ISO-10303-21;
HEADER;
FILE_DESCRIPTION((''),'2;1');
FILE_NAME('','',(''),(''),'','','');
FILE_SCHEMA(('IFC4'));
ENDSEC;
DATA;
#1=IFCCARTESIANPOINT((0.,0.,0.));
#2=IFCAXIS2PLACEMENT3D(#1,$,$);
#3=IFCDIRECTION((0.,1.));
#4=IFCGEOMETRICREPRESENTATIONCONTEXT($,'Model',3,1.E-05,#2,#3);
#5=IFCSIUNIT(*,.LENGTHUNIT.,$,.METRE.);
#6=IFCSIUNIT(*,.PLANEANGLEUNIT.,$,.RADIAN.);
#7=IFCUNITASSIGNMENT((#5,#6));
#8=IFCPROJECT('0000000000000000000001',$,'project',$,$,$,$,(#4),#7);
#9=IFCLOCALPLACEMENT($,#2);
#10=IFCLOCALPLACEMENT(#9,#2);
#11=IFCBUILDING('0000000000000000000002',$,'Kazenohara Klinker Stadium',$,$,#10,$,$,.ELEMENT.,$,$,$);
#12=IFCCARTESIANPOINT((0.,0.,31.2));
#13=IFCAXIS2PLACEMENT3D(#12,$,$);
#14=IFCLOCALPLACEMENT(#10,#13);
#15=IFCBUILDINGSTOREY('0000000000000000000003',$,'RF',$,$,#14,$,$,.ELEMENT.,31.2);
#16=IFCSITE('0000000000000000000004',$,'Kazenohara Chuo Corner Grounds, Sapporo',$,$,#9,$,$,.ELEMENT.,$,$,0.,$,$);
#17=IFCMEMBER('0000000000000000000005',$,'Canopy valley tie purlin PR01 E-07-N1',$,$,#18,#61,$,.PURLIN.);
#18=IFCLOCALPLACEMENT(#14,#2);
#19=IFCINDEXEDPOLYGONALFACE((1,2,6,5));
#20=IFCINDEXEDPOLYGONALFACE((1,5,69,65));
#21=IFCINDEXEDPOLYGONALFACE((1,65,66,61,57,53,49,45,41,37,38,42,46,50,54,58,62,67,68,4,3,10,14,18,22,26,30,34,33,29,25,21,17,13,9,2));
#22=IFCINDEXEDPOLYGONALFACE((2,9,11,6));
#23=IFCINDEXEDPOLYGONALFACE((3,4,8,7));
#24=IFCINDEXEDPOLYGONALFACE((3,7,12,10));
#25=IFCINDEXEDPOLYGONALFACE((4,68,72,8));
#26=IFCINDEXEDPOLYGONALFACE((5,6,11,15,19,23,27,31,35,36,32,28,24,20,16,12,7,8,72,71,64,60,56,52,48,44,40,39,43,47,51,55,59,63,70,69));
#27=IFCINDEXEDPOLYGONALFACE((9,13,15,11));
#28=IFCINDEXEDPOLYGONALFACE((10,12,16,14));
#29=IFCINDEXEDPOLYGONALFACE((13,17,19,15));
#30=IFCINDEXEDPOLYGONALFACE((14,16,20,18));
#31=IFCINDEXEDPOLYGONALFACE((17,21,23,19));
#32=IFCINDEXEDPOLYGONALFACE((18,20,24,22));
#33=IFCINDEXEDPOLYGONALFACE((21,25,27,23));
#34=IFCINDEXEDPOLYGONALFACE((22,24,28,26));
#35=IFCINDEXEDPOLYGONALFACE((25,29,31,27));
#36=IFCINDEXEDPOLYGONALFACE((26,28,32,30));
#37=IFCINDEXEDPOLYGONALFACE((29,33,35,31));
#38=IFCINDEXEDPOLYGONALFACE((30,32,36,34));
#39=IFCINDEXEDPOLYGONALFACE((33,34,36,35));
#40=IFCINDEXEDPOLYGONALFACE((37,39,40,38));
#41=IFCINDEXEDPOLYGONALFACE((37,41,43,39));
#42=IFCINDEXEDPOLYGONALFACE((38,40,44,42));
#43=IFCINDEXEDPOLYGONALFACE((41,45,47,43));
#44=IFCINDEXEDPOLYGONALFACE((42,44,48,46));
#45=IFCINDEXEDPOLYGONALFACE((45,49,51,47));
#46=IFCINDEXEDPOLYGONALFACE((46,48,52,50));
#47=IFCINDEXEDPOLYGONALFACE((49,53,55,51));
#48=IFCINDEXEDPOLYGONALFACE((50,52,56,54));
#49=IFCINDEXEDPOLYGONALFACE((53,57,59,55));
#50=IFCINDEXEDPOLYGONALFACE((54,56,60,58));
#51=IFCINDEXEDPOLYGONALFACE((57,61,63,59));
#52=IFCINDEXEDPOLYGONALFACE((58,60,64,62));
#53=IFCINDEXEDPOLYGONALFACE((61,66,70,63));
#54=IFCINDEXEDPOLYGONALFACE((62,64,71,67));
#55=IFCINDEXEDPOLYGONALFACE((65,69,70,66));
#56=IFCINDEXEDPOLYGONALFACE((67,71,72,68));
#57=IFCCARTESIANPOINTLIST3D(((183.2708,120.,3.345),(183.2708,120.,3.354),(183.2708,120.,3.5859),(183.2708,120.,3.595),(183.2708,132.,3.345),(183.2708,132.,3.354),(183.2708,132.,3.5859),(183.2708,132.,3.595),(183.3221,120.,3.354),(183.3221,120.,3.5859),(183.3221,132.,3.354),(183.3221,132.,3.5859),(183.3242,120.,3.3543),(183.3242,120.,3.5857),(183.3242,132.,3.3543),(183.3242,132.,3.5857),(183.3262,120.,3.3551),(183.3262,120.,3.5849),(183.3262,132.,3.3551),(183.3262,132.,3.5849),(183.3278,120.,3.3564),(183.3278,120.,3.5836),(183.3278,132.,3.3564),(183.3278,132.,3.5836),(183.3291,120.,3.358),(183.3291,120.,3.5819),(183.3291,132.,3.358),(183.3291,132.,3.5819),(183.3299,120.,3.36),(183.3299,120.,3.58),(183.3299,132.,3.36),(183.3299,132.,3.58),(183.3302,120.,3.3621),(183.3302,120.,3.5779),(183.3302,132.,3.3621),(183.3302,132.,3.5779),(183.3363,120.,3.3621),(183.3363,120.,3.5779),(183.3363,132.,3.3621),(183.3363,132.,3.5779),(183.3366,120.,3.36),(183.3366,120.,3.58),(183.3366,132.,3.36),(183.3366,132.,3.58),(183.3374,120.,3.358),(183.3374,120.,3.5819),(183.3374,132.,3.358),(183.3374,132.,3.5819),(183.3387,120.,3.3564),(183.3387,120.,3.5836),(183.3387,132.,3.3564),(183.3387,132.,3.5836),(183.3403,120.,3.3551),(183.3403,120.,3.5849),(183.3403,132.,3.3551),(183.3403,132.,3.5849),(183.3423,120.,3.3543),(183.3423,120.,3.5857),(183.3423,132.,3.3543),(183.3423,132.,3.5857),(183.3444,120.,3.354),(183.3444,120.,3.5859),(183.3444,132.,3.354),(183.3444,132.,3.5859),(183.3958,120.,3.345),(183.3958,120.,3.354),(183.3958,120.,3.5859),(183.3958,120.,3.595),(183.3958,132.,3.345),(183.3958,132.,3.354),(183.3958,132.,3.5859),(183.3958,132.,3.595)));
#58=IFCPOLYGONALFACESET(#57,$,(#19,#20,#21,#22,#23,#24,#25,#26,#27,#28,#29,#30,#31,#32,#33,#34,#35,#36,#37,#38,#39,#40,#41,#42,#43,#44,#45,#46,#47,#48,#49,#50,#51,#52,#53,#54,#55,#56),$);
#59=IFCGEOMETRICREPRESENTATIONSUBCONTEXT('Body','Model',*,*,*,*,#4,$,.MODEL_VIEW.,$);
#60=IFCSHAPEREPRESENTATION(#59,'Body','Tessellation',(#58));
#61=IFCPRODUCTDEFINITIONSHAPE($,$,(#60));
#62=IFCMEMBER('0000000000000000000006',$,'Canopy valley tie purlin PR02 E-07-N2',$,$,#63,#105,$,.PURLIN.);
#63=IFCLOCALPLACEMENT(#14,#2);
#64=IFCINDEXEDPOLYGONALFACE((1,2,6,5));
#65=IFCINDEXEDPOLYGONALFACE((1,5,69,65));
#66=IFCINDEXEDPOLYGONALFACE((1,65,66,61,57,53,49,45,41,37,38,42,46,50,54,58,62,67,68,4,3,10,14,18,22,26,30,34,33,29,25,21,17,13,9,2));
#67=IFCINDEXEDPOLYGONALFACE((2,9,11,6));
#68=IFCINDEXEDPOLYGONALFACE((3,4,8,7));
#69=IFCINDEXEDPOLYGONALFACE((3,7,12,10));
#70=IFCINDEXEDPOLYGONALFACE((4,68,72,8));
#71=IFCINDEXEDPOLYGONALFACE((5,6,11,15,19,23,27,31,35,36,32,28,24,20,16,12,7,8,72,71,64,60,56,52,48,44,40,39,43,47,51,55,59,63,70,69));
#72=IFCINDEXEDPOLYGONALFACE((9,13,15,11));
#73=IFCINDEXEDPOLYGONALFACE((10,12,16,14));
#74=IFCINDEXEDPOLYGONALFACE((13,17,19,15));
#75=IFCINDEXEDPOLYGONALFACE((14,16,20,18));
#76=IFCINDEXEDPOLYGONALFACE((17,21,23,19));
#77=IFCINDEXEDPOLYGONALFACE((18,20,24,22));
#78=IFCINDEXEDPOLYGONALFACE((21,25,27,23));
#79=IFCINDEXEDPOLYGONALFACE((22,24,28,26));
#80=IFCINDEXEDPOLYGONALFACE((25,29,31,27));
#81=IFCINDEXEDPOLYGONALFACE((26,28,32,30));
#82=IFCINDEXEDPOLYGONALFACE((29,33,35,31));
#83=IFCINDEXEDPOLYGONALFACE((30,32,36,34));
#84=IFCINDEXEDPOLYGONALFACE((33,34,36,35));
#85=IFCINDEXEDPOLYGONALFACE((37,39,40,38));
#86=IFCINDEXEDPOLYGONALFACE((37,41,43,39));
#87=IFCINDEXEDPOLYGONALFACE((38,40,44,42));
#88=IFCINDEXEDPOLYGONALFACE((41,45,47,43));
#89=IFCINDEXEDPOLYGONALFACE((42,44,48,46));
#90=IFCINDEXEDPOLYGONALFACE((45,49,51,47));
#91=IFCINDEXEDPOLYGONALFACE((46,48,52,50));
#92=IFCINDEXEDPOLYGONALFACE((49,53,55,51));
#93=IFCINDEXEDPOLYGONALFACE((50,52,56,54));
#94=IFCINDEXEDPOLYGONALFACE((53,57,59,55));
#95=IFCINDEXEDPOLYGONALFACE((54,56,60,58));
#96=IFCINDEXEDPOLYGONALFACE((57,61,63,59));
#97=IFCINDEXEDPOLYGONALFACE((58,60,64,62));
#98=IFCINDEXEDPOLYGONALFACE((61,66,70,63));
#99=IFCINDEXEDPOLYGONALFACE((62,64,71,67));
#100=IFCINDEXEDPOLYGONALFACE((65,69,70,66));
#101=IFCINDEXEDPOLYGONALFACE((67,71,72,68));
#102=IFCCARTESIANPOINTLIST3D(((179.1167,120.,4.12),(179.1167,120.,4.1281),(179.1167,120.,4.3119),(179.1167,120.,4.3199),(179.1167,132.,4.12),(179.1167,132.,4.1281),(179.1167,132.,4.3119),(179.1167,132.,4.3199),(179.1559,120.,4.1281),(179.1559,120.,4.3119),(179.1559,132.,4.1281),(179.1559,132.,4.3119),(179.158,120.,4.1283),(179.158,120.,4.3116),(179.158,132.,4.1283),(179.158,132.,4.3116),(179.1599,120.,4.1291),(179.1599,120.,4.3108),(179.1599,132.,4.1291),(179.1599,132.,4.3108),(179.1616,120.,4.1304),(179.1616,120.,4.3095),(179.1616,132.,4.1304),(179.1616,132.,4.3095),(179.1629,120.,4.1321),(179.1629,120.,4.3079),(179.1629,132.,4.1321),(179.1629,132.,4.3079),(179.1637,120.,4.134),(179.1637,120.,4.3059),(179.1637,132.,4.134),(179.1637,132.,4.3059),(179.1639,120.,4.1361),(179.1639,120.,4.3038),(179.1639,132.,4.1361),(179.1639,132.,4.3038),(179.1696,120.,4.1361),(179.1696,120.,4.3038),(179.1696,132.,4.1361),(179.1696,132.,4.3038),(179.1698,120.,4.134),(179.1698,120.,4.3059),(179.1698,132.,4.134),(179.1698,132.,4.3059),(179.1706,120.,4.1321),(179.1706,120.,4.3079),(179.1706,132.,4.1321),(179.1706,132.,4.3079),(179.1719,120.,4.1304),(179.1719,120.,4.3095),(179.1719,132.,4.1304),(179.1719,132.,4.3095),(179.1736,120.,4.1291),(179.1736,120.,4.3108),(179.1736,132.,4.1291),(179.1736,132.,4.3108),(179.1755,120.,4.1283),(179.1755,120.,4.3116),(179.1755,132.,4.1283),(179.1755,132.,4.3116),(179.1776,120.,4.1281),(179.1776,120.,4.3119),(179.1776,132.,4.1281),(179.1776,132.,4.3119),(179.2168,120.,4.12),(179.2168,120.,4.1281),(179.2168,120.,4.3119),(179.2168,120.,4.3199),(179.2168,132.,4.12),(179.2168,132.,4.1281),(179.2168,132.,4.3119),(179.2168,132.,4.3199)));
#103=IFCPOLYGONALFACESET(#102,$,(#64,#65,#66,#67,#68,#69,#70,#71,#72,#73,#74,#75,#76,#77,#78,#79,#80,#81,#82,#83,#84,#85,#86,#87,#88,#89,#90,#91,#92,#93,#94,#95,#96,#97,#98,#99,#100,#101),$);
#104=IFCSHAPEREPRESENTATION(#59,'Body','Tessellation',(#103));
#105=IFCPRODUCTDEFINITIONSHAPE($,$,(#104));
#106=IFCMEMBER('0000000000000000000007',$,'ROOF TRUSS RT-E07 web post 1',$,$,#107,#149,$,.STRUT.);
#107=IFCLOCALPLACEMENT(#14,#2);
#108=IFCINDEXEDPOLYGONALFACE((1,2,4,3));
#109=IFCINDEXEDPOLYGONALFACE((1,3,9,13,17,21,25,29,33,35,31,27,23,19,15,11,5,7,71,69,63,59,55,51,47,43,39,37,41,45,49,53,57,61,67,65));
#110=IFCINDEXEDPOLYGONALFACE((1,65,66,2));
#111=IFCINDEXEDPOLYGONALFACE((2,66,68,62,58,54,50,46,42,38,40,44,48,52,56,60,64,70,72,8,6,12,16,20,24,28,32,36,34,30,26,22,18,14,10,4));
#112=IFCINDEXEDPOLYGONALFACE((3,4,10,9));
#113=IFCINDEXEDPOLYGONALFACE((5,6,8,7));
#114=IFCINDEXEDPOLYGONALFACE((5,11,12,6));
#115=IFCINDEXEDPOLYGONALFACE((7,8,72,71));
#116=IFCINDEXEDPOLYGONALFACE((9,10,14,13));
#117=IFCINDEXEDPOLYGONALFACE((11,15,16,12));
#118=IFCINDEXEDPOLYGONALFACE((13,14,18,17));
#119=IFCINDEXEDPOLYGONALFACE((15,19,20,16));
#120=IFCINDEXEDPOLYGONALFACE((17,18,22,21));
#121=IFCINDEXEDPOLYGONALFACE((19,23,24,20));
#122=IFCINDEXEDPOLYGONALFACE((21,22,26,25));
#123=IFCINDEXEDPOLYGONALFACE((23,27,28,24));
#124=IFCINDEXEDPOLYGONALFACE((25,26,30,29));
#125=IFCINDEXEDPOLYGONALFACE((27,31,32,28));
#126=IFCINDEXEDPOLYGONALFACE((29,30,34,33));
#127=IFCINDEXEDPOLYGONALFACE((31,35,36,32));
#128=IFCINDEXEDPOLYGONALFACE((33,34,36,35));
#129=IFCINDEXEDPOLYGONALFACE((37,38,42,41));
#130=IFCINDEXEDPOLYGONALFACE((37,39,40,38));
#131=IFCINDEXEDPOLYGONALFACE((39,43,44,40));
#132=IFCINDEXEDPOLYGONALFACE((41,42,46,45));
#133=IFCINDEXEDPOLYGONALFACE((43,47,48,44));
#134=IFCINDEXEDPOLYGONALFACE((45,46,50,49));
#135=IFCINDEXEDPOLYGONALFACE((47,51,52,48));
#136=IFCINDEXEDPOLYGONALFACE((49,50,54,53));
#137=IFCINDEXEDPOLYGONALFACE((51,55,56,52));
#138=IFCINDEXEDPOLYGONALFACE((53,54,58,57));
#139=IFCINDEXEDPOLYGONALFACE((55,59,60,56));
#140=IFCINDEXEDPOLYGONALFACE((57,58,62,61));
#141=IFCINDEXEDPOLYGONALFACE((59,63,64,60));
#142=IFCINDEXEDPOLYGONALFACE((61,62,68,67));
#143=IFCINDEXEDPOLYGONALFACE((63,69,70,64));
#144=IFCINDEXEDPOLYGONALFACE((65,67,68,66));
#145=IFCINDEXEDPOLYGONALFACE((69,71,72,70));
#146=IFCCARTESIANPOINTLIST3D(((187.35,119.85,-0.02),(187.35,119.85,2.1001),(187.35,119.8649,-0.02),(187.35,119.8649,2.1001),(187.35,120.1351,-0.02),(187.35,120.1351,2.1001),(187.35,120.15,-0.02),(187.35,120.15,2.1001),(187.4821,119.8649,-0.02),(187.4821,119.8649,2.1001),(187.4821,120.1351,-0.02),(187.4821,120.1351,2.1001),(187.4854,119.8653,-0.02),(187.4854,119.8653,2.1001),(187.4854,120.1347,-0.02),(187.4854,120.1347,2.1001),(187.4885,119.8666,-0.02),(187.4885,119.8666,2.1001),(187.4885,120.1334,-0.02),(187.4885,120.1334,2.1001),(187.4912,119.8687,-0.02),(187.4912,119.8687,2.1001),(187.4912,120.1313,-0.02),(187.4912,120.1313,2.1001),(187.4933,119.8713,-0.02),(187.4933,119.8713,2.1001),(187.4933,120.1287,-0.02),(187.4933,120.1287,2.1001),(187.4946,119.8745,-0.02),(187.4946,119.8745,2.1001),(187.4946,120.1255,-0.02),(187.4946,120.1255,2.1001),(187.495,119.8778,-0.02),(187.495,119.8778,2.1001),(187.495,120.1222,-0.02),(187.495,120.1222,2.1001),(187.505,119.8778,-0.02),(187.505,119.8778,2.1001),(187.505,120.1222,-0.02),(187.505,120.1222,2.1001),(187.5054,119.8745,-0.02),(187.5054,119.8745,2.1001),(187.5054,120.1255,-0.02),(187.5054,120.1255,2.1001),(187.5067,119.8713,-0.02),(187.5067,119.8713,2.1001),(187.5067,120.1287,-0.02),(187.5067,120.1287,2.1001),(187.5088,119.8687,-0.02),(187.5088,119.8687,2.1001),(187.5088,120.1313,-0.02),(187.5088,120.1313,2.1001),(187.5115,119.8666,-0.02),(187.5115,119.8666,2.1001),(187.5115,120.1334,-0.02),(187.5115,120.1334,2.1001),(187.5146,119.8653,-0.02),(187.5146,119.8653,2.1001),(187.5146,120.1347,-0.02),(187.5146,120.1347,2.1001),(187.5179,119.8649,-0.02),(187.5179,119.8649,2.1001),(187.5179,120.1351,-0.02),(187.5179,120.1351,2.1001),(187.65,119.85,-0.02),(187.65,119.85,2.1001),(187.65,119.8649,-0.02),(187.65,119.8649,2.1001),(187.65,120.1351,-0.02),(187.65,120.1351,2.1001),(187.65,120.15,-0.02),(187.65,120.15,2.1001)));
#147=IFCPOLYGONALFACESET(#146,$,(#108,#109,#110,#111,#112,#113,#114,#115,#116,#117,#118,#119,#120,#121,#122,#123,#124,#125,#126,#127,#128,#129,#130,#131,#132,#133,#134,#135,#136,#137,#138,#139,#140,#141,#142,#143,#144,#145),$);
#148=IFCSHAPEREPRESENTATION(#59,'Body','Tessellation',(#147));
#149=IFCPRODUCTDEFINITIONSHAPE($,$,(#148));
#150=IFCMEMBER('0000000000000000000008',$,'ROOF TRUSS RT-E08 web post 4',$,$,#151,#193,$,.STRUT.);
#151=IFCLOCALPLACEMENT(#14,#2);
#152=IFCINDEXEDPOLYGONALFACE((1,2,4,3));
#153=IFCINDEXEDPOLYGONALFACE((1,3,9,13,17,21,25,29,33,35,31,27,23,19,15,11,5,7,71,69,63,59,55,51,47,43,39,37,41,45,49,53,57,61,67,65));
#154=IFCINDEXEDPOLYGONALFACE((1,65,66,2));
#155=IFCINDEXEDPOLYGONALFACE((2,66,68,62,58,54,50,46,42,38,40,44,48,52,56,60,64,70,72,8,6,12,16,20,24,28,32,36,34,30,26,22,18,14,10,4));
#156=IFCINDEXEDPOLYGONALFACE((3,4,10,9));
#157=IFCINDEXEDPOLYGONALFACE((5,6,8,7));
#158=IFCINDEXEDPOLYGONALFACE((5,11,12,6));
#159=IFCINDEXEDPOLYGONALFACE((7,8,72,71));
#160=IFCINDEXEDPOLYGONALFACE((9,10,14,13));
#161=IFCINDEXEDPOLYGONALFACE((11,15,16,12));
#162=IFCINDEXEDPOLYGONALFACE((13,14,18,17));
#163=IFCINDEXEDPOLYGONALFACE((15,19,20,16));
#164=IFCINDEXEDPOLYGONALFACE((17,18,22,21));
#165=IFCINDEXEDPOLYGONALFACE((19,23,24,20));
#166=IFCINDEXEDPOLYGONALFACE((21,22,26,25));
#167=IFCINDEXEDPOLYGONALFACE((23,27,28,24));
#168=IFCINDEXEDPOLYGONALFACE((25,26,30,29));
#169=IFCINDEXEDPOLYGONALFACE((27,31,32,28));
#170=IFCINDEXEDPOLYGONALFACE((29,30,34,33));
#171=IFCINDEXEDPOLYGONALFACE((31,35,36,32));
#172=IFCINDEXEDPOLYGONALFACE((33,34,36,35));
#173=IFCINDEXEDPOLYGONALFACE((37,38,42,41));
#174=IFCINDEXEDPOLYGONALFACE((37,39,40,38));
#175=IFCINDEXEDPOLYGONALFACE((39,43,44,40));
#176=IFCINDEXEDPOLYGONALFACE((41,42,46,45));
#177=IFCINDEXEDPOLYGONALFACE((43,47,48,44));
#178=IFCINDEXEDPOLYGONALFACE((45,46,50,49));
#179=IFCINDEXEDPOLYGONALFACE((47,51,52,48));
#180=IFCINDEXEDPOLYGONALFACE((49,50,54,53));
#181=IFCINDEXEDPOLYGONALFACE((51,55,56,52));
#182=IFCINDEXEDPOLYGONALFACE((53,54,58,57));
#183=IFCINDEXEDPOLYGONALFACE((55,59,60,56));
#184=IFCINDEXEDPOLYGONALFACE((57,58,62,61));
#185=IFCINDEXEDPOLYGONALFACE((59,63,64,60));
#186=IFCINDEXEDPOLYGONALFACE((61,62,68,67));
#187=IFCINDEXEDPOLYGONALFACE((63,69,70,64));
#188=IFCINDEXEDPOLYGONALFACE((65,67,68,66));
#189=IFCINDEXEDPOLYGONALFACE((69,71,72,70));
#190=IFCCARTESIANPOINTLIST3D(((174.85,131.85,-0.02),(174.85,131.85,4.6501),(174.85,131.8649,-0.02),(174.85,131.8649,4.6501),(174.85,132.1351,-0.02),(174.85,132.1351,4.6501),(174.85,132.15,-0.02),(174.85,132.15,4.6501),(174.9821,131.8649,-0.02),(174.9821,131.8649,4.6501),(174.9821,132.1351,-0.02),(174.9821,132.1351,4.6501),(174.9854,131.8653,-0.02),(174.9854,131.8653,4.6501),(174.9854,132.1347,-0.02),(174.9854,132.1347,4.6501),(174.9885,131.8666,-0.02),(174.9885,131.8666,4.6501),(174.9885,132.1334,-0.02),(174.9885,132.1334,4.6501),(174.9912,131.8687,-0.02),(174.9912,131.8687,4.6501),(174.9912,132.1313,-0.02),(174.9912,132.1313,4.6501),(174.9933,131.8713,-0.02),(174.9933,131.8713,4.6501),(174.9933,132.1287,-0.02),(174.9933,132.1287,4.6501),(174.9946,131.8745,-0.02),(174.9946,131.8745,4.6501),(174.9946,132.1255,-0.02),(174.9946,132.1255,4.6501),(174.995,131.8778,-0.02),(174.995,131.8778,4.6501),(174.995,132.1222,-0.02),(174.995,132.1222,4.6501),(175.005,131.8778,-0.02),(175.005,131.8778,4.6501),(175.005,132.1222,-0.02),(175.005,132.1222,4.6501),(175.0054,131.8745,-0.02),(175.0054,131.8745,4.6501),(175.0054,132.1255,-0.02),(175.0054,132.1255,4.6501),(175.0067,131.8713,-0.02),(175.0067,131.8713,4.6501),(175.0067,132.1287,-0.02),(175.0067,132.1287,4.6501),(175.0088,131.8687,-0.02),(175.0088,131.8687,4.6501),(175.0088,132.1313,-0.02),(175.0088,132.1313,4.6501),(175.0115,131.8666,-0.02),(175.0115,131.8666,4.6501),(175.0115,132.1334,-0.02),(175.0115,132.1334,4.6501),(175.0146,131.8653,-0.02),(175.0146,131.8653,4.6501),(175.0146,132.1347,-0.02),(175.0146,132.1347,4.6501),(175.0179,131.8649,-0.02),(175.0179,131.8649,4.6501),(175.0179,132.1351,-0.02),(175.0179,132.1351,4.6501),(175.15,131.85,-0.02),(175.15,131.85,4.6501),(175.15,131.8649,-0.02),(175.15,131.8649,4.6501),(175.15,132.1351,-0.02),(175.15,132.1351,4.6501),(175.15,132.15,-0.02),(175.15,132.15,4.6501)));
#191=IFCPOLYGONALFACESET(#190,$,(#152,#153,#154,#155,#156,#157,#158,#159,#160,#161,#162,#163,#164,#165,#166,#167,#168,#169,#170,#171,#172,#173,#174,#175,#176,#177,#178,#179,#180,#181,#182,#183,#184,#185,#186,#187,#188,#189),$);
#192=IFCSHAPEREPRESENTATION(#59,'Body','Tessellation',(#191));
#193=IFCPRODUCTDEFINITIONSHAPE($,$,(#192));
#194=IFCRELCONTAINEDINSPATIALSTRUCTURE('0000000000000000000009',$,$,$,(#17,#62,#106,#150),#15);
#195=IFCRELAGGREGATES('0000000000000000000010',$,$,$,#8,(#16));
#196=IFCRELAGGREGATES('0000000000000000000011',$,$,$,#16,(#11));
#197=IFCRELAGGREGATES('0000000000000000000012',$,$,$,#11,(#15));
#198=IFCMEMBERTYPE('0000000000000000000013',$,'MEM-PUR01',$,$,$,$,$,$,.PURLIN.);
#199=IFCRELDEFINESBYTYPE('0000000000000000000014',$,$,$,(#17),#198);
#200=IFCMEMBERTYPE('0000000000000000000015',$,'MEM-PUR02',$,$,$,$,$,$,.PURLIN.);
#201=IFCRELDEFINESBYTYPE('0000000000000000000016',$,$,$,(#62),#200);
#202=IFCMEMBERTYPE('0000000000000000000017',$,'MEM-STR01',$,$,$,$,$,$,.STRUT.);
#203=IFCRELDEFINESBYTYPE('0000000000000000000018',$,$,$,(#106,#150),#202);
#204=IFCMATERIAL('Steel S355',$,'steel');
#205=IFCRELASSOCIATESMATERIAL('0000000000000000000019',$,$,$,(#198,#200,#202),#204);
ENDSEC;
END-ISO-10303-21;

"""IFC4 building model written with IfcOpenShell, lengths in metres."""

from ifc_helpers import new_model, si_unit, direction, frame, origin, origin_2d, place, context, subcontext, project, spatial, i_section, extrude, material, material_profile, profile_set, type_object, element, save


model = new_model("IFC4")

# Units and contexts
model_context = context("Model", 3, precision=1e-05, world=origin(), true_north=direction((0.0, 1.0)))
body_context = subcontext(model_context, "Body", "Model", "MODEL_VIEW")
ifc_project = project(units=[si_unit("LENGTHUNIT", "METRE"), si_unit("PLANEANGLEUNIT", "RADIAN")], contexts=[model_context])

# Site, building, storey
site_placement = place(None, origin())
site = spatial("IfcSite", under=ifc_project, at=site_placement, Name="Kazenohara Chuo Corner Grounds, Sapporo", CompositionType="ELEMENT", RefElevation=0.0)
building_placement = place(site_placement, origin())
building = spatial("IfcBuilding", under=site, at=building_placement, Name="Kazenohara Klinker Stadium", CompositionType="ELEMENT")
storey_placement = place(building_placement, frame((0.0, 0.0, 31.2)))
storey = spatial("IfcBuildingStorey", under=building, at=storey_placement, Name="RF", CompositionType="ELEMENT", Elevation=31.2)

# Members
ifc_material_1 = material(Name="Steel S355", Category="steel")
ifc_material_profile_1 = material_profile(ifc_material_1, i_section(OverallWidth=0.125, OverallDepth=0.25, WebThickness=0.0061, FlangeThickness=0.009, FilletRadius=0.0081, at=origin_2d()), Name="H-250x125x6x9")
ifc_profile_set_1 = profile_set([ifc_material_profile_1], Name="Steel S355")
member_type_1 = type_object("IfcMemberType", Name="MEM-PUR01", PredefinedType="PURLIN", material=ifc_profile_set_1)
member_1_placement = place(storey_placement, frame((183.3333, 120.0, 3.47), z_axis=(0.0, 1.0, 0.0), x_axis=(-1.0, 0.0, 0.0)))
element("IfcMember", 1, at=member_1_placement, inside=storey, type_object=member_type_1, Name="Canopy valley tie purlin PR01 E-07-N1", PredefinedType="PURLIN", context=body_context, shape_type="SweptSolid", body=[
    extrude(i_section(OverallWidth=0.125, OverallDepth=0.25, WebThickness=0.0061, FlangeThickness=0.009, FilletRadius=0.0081, at=origin_2d()), origin(), (0.0, 0.0, 1.0), 12.0),
])
ifc_material_profile_2 = material_profile(ifc_material_1, i_section(OverallWidth=0.1001, OverallDepth=0.2, WebThickness=0.0056, FlangeThickness=0.0081, FilletRadius=0.0081, at=origin_2d()), Name="H-200x100x5.5x8")
ifc_profile_set_2 = profile_set([ifc_material_profile_2], Name="Steel S355")
member_type_2 = type_object("IfcMemberType", Name="MEM-PUR02", PredefinedType="PURLIN", material=ifc_profile_set_2)
member_2_placement = place(storey_placement, frame((179.1667, 120.0, 4.22), z_axis=(0.0, 1.0, 0.0), x_axis=(-1.0, 0.0, 0.0)))
element("IfcMember", 2, at=member_2_placement, inside=storey, type_object=member_type_2, Name="Canopy valley tie purlin PR02 E-07-N2", PredefinedType="PURLIN", context=body_context, shape_type="SweptSolid", body=[
    extrude(i_section(OverallWidth=0.1001, OverallDepth=0.2, WebThickness=0.0056, FlangeThickness=0.0081, FilletRadius=0.0081, at=origin_2d()), origin(), (0.0, 0.0, 1.0), 12.0),
])
ifc_material_profile_3 = material_profile(ifc_material_1, i_section(OverallWidth=0.3, OverallDepth=0.3, WebThickness=0.01, FlangeThickness=0.0149, FilletRadius=0.0129, at=origin_2d()), Name="H-300x300x10x15")
ifc_profile_set_3 = profile_set([ifc_material_profile_3], Name="Steel S355")
member_type_3 = type_object("IfcMemberType", Name="MEM-STR01", PredefinedType="STRUT", material=ifc_profile_set_3)
member_3_placement = place(storey_placement, frame((187.5, 120.0, -0.02), z_axis=(0.0, 0.0, 1.0), x_axis=(1.0, 0.0, 0.0)))
element("IfcMember", 3, at=member_3_placement, inside=storey, type_object=member_type_3, Name="ROOF TRUSS RT-E07 web post 1", PredefinedType="STRUT", context=body_context, shape_type="SweptSolid", body=[
    extrude(i_section(OverallWidth=0.3, OverallDepth=0.3, WebThickness=0.01, FlangeThickness=0.0149, FilletRadius=0.0129, at=origin_2d()), origin(), (0.0, 0.0, 1.0), 2.1201),
])
member_4_placement = place(storey_placement, frame((175.0, 132.0, -0.02), z_axis=(0.0, 0.0, 1.0), x_axis=(1.0, 0.0, 0.0)))
element("IfcMember", 4, at=member_4_placement, inside=storey, type_object=member_type_3, Name="ROOF TRUSS RT-E08 web post 4", PredefinedType="STRUT", context=body_context, shape_type="SweptSolid", body=[
    extrude(i_section(OverallWidth=0.3, OverallDepth=0.3, WebThickness=0.01, FlangeThickness=0.0149, FilletRadius=0.0129, at=origin_2d()), origin(), (0.0, 0.0, 1.0), 4.6702),
])

save(model, "model.ifc")
